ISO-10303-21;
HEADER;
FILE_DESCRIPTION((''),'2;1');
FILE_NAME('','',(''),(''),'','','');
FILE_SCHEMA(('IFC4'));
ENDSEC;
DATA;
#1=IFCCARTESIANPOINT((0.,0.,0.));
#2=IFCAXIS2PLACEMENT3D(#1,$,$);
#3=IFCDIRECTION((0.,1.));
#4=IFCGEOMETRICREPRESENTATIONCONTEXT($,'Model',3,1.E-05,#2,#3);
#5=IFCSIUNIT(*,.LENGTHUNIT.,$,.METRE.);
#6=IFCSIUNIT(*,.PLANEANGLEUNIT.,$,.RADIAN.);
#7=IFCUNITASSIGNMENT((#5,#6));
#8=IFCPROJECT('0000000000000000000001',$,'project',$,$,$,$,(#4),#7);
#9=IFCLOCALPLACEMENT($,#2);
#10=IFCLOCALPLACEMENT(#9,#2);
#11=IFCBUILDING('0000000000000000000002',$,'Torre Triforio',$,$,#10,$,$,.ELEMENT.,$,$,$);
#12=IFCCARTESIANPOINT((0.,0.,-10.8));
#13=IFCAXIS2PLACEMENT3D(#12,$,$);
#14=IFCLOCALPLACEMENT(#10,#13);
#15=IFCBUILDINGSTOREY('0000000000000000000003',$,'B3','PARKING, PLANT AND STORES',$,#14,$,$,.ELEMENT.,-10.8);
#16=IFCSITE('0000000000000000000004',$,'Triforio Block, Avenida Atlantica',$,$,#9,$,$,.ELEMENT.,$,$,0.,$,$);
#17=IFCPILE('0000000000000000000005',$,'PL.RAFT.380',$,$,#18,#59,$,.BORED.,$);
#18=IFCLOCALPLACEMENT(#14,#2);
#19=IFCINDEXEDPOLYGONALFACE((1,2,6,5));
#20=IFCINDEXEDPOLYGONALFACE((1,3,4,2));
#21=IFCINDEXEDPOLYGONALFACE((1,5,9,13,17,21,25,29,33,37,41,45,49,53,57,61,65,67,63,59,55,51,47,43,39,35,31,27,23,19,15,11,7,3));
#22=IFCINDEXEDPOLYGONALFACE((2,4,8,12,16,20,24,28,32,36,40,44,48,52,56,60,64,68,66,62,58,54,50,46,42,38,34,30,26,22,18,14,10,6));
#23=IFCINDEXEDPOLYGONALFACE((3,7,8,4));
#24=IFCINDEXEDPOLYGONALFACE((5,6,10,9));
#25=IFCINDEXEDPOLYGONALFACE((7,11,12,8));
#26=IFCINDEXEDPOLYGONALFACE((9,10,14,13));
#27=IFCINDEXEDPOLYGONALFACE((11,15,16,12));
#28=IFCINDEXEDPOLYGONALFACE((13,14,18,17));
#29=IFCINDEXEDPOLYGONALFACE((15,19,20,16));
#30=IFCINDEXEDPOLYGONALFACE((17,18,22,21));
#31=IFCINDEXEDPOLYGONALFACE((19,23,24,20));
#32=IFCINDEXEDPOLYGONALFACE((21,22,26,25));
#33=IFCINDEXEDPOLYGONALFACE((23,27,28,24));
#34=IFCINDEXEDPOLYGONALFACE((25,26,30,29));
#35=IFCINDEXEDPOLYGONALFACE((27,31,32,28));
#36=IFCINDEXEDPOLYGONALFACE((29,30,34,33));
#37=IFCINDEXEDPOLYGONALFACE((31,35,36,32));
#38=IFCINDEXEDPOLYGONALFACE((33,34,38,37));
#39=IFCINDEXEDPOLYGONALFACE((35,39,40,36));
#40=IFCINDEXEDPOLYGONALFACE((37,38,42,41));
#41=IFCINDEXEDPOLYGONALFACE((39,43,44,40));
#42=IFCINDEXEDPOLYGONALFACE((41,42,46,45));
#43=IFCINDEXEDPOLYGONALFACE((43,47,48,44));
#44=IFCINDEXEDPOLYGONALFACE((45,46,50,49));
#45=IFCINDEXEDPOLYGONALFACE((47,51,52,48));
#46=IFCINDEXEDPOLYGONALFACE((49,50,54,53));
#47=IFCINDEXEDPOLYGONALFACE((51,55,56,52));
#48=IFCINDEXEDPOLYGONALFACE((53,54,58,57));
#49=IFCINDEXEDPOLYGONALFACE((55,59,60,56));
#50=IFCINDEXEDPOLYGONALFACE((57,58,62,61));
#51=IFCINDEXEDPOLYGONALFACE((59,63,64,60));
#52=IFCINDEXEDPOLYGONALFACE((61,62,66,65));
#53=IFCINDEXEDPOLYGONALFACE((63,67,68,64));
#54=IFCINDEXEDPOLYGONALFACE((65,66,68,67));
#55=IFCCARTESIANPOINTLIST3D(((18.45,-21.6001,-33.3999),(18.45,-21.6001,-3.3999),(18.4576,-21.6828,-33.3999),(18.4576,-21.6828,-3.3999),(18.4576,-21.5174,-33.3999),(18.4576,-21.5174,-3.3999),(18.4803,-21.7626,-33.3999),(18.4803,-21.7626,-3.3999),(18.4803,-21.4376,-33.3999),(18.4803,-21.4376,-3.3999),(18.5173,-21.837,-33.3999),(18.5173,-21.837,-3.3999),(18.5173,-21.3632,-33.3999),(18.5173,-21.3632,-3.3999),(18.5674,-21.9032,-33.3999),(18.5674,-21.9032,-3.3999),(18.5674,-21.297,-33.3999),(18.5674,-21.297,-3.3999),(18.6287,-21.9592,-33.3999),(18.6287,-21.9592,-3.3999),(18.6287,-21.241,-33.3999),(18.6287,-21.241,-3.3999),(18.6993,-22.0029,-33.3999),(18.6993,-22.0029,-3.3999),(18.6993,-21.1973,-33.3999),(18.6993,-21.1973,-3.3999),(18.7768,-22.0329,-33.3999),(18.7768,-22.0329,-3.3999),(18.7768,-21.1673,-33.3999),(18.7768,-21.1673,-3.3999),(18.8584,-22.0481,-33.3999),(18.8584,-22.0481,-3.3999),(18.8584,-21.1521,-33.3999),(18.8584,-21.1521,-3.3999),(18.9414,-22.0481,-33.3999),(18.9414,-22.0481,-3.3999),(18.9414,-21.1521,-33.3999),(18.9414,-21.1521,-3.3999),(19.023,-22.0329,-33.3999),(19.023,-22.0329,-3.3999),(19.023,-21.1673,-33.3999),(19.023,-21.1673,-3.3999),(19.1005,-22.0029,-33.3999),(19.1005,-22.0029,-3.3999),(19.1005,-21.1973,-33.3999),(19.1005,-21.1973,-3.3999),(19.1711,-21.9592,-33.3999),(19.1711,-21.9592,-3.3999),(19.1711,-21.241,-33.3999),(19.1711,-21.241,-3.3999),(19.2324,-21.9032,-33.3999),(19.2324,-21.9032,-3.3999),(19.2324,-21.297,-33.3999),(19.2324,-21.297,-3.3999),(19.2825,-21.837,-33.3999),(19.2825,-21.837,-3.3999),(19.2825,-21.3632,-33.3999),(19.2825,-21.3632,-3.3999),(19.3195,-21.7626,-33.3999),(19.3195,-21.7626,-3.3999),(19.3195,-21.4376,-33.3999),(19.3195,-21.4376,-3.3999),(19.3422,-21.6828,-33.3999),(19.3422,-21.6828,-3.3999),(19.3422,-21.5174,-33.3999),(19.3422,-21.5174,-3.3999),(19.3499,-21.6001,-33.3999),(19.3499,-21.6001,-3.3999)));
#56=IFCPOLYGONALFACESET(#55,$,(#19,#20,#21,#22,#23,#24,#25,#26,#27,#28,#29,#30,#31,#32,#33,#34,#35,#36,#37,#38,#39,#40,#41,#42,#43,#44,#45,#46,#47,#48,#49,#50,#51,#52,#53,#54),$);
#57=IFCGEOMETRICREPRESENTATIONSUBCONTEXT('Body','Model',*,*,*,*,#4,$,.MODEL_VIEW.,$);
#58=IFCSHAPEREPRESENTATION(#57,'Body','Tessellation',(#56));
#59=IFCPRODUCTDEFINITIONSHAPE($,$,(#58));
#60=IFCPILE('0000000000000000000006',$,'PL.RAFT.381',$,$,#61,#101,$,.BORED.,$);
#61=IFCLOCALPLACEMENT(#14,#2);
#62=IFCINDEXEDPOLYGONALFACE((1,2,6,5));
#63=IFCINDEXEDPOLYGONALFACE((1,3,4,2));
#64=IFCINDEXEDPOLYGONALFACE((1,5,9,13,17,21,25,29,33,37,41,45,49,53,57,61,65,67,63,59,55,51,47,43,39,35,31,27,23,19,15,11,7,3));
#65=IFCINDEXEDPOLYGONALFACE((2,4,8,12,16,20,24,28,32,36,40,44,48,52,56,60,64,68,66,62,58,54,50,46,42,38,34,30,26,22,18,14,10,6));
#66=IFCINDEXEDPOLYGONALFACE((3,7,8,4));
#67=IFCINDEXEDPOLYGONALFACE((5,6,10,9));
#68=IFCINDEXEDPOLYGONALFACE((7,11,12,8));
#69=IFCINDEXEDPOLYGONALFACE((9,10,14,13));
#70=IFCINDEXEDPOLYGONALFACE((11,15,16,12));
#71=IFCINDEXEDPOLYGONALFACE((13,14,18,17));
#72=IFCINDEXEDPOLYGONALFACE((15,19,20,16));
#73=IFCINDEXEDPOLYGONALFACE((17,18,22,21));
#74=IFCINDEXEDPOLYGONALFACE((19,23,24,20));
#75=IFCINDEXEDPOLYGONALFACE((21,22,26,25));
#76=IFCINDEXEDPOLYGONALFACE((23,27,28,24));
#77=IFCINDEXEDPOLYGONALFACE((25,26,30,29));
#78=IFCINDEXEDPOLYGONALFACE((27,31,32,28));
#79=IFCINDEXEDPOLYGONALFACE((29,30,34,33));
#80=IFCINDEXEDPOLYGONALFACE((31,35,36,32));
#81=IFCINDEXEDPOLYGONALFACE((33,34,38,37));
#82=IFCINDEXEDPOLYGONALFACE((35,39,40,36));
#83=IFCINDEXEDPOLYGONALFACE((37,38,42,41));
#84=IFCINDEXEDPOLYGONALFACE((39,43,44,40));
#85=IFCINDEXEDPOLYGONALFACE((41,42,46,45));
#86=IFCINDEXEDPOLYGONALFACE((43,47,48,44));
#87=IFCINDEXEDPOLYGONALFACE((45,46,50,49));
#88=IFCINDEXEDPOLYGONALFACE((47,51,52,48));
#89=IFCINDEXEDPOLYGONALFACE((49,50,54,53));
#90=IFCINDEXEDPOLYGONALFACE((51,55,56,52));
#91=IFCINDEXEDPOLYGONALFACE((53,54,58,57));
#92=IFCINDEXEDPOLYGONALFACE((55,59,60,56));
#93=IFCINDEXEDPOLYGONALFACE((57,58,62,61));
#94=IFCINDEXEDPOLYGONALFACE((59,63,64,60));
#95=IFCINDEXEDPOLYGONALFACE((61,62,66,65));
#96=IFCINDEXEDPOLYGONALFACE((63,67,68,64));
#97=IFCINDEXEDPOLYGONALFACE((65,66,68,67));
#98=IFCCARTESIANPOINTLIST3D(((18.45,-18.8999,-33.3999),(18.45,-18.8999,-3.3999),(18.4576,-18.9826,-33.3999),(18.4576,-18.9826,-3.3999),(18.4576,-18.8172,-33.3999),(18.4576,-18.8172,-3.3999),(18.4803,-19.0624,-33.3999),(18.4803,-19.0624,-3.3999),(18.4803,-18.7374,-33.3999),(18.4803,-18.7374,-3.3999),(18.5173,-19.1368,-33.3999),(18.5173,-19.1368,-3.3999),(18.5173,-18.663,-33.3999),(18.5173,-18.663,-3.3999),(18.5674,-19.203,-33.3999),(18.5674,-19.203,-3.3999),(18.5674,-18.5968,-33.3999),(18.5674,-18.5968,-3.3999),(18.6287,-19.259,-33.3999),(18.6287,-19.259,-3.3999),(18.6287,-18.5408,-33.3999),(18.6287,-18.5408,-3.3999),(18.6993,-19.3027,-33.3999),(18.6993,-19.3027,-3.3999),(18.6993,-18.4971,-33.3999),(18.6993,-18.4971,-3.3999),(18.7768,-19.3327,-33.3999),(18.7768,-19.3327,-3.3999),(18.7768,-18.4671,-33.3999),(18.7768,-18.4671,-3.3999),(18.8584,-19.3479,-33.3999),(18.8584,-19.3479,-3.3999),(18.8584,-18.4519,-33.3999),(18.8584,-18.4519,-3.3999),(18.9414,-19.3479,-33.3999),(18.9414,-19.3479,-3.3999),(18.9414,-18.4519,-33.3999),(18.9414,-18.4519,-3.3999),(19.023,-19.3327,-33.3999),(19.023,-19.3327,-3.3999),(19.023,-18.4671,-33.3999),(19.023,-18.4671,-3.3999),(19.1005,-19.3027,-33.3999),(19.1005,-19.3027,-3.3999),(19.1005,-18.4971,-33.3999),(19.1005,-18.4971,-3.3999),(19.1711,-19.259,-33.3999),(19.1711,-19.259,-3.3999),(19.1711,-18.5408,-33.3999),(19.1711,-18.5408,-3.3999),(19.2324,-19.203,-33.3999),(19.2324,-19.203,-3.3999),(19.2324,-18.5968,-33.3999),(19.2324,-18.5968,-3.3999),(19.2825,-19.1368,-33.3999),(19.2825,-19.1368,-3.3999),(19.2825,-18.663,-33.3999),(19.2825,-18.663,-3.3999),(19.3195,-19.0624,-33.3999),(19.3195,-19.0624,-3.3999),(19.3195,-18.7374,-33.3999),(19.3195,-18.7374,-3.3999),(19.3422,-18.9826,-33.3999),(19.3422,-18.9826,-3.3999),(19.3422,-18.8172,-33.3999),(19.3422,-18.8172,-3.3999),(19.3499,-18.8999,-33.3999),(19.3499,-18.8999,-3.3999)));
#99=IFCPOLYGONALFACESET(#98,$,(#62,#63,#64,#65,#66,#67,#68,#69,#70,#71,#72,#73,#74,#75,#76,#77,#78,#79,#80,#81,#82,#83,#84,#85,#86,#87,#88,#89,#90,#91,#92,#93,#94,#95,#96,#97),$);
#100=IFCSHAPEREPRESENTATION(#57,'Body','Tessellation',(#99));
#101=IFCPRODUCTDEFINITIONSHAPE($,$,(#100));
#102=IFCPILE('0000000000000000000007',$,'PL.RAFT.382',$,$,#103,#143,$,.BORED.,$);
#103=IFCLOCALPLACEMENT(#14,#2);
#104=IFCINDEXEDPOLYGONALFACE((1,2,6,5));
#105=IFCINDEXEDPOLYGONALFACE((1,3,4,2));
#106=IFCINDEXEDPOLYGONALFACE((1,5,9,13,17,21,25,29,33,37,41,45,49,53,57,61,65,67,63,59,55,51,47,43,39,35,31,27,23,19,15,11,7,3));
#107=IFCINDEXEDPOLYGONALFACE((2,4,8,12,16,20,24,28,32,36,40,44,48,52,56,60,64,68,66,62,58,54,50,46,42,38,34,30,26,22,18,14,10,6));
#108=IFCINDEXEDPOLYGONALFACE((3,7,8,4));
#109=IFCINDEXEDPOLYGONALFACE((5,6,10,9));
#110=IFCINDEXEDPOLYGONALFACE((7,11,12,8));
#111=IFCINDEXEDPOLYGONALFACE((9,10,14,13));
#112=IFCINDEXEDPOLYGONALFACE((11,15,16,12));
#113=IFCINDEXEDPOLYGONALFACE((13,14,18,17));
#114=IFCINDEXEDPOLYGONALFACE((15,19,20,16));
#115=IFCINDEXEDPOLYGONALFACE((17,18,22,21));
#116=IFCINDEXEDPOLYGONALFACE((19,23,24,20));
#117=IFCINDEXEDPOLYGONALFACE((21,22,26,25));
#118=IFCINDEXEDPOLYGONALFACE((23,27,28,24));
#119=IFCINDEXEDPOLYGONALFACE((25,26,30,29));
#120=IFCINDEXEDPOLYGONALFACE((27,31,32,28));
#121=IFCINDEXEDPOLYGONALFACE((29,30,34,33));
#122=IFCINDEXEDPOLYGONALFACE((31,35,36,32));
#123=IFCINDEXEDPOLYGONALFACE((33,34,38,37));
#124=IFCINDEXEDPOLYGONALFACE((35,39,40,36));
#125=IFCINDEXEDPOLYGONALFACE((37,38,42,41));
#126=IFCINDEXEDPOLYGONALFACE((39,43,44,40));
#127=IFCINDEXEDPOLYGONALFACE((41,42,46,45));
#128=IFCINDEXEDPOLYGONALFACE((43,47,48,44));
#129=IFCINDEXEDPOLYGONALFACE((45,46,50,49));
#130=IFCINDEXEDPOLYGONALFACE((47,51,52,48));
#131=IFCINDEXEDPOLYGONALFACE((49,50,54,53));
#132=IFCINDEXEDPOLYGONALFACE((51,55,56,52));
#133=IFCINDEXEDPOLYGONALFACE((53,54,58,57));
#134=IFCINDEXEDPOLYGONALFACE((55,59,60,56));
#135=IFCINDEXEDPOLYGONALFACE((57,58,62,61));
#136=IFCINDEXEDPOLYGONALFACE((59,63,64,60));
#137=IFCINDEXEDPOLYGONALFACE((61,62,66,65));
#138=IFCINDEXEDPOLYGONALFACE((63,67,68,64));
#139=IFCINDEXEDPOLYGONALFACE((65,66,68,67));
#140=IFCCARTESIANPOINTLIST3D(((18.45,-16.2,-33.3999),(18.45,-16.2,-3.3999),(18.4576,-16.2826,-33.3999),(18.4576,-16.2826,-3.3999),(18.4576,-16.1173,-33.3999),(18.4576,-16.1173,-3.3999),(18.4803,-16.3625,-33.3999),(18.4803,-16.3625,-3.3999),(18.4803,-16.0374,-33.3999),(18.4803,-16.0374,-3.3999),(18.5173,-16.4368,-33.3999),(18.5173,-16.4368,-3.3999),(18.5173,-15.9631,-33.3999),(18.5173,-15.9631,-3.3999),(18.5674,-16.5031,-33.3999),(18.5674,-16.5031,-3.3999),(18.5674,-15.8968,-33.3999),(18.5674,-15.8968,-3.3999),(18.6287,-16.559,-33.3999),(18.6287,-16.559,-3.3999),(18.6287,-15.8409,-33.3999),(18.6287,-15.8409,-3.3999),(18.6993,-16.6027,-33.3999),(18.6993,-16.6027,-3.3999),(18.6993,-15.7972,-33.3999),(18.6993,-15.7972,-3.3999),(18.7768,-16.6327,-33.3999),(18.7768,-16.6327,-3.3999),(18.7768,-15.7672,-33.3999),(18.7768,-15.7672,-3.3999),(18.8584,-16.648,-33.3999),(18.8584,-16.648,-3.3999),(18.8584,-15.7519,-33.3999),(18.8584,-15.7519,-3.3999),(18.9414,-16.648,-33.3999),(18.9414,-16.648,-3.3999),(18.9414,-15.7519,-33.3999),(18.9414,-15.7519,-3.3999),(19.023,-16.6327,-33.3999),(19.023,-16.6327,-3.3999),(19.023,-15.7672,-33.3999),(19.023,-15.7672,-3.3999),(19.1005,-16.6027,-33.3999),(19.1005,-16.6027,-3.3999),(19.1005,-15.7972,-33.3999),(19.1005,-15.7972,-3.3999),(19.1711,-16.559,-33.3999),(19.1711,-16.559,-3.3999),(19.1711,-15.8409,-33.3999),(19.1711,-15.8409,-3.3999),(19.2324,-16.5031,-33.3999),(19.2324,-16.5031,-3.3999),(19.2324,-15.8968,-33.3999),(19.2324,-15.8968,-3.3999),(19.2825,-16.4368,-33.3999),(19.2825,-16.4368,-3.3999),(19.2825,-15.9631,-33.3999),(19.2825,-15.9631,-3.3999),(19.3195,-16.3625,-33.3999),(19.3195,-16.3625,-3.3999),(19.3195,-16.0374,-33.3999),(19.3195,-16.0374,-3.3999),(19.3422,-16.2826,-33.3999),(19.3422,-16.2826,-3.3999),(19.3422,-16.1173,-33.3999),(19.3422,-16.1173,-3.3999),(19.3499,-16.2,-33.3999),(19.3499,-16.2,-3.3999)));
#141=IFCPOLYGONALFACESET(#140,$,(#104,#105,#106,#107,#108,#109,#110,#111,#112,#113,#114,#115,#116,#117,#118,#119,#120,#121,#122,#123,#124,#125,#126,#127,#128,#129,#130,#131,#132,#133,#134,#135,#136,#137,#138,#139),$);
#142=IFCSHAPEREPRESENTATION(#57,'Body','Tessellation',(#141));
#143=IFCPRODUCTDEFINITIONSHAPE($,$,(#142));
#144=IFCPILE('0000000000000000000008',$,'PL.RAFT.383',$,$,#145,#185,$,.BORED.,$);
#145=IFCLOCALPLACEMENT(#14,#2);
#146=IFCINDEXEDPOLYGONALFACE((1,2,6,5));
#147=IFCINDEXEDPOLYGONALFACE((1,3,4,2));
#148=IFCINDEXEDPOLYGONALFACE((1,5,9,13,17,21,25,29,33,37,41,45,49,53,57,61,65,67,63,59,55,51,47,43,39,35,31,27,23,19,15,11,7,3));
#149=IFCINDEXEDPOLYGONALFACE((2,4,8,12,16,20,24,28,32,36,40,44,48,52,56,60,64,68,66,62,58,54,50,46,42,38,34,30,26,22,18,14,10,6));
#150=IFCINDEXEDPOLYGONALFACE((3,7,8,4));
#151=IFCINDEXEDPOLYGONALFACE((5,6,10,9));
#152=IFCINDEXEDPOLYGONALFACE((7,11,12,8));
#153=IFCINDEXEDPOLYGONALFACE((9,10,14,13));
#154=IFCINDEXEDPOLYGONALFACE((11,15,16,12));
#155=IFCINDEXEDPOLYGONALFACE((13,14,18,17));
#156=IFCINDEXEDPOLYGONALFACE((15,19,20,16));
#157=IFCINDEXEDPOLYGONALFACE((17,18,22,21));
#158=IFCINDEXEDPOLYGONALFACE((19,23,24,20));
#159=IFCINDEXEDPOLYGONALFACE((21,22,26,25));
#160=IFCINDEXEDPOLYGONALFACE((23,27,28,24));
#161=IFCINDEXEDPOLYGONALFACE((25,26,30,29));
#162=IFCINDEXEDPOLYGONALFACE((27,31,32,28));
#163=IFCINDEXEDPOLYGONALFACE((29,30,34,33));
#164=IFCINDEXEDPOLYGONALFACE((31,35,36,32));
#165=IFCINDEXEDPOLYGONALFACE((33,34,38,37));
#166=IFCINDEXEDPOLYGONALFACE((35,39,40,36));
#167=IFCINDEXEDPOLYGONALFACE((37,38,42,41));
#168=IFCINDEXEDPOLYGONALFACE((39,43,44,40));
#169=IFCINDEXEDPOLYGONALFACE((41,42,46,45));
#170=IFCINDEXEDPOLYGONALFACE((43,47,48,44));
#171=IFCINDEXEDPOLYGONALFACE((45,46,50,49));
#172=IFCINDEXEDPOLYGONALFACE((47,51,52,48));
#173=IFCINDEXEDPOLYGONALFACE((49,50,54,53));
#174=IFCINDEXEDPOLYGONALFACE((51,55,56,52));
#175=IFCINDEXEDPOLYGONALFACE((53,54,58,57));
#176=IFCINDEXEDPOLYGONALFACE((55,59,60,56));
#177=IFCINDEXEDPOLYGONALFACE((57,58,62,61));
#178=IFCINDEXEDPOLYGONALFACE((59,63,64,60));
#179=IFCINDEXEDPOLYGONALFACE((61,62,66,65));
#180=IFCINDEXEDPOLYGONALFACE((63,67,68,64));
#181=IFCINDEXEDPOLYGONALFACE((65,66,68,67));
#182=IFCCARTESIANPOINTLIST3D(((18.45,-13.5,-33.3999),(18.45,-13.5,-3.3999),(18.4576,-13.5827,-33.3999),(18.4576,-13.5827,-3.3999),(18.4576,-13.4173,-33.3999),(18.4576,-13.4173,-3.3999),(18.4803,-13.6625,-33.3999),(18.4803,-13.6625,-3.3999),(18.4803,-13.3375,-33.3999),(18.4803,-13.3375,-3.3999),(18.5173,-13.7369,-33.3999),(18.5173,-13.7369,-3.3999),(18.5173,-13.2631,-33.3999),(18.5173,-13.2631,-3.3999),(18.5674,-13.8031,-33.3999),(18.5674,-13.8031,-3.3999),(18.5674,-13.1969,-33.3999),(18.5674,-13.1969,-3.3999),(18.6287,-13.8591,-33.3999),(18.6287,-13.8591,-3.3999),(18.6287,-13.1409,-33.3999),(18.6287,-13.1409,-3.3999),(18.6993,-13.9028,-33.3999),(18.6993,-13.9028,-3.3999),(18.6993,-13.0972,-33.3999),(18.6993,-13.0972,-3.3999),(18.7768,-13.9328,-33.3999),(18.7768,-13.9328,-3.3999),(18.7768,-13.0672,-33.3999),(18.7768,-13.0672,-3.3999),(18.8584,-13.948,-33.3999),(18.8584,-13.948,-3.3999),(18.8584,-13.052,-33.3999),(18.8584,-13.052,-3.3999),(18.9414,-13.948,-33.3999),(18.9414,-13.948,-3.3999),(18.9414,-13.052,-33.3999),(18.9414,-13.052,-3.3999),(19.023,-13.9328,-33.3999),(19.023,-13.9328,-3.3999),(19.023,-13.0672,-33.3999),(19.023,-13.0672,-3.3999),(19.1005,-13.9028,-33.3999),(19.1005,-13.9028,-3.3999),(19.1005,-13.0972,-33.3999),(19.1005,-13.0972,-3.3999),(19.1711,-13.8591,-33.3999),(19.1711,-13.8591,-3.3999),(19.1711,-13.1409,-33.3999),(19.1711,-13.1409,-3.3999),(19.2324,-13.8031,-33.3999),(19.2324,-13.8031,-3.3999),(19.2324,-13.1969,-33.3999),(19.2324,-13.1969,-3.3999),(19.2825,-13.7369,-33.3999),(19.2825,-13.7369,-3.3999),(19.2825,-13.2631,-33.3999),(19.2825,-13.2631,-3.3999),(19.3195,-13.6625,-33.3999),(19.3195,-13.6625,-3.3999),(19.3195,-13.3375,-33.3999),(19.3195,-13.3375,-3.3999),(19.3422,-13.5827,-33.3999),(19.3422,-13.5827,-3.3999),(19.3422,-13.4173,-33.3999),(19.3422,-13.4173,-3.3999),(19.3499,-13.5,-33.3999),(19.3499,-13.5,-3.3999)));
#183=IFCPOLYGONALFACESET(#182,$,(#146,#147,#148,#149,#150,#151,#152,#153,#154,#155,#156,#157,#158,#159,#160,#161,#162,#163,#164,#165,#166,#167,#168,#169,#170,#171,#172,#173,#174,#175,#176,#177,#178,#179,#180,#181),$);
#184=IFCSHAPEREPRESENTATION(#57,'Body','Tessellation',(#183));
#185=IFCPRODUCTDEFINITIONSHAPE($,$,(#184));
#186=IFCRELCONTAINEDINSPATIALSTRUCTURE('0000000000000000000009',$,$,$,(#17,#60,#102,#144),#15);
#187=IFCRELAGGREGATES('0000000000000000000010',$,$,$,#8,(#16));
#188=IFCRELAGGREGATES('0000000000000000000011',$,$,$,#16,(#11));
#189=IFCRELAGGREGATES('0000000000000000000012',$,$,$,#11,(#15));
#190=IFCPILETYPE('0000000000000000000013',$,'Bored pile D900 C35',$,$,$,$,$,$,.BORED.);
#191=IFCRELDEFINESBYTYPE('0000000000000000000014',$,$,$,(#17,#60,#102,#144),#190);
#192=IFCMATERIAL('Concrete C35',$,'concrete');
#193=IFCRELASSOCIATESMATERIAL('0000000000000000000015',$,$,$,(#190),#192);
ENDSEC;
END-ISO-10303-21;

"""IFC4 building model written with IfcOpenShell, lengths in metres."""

from ifc_helpers import new_model, si_unit, direction, frame, origin, origin_2d, place, context, subcontext, project, spatial, circle, extrude, material, material_profile, profile_set, type_object, element, save


model = new_model("IFC4")

# Units and contexts
model_context = context("Model", 3, precision=1e-05, world=origin(), true_north=direction((0.0, 1.0)))
body_context = subcontext(model_context, "Body", "Model", "MODEL_VIEW")
ifc_project = project(units=[si_unit("LENGTHUNIT", "METRE"), si_unit("PLANEANGLEUNIT", "RADIAN")], contexts=[model_context])

# Site, building, storey
site_placement = place(None, origin())
site = spatial("IfcSite", under=ifc_project, at=site_placement, Name="Triforio Block, Avenida Atlantica", CompositionType="ELEMENT", RefElevation=0.0)
building_placement = place(site_placement, origin())
building = spatial("IfcBuilding", under=site, at=building_placement, Name="Torre Triforio", CompositionType="ELEMENT")
storey_placement = place(building_placement, frame((0.0, 0.0, -10.8)))
storey = spatial("IfcBuildingStorey", under=building, at=storey_placement, Name="B3", Description="PARKING, PLANT AND STORES", CompositionType="ELEMENT", Elevation=-10.8)

# Piles
ifc_material_1 = material(Name="Concrete C35", Category="concrete")
ifc_material_profile_1 = material_profile(ifc_material_1, circle(Radius=0.45, at=origin_2d()), Name="RC D900")
ifc_profile_set_1 = profile_set([ifc_material_profile_1], Name="Concrete C35")
pile_type = type_object("IfcPileType", Name="Bored pile D900 C35", PredefinedType="BORED", material=ifc_profile_set_1)
for number, where, z_axis, x_axis, name in (
    (1, (18.8999, -21.6001, -3.3999), (0.0, 0.0, -1.0), (1.0, 0.0, 0.0), "PL.RAFT.380"),
    (2, (18.8999, -18.8999, -3.3999), (0.0, 0.0, -1.0), (1.0, 0.0, 0.0), "PL.RAFT.381"),
    (3, (18.8999, -16.2, -3.3999), (0.0, 0.0, -1.0), (1.0, 0.0, 0.0), "PL.RAFT.382"),
    (4, (18.8999, -13.5, -3.3999), (0.0, 0.0, -1.0), (1.0, 0.0, 0.0), "PL.RAFT.383"),
):
    element("IfcPile", number, at=place(storey_placement, frame(where, z_axis=z_axis, x_axis=x_axis)), inside=storey, type_object=pile_type, Name=name, PredefinedType="BORED", context=body_context, shape_type="SweptSolid", body=[
        extrude(circle(Radius=0.45, at=origin_2d()), origin(), (0.0, 0.0, 1.0), 30.0),
    ])

save(model, "model.ifc")
